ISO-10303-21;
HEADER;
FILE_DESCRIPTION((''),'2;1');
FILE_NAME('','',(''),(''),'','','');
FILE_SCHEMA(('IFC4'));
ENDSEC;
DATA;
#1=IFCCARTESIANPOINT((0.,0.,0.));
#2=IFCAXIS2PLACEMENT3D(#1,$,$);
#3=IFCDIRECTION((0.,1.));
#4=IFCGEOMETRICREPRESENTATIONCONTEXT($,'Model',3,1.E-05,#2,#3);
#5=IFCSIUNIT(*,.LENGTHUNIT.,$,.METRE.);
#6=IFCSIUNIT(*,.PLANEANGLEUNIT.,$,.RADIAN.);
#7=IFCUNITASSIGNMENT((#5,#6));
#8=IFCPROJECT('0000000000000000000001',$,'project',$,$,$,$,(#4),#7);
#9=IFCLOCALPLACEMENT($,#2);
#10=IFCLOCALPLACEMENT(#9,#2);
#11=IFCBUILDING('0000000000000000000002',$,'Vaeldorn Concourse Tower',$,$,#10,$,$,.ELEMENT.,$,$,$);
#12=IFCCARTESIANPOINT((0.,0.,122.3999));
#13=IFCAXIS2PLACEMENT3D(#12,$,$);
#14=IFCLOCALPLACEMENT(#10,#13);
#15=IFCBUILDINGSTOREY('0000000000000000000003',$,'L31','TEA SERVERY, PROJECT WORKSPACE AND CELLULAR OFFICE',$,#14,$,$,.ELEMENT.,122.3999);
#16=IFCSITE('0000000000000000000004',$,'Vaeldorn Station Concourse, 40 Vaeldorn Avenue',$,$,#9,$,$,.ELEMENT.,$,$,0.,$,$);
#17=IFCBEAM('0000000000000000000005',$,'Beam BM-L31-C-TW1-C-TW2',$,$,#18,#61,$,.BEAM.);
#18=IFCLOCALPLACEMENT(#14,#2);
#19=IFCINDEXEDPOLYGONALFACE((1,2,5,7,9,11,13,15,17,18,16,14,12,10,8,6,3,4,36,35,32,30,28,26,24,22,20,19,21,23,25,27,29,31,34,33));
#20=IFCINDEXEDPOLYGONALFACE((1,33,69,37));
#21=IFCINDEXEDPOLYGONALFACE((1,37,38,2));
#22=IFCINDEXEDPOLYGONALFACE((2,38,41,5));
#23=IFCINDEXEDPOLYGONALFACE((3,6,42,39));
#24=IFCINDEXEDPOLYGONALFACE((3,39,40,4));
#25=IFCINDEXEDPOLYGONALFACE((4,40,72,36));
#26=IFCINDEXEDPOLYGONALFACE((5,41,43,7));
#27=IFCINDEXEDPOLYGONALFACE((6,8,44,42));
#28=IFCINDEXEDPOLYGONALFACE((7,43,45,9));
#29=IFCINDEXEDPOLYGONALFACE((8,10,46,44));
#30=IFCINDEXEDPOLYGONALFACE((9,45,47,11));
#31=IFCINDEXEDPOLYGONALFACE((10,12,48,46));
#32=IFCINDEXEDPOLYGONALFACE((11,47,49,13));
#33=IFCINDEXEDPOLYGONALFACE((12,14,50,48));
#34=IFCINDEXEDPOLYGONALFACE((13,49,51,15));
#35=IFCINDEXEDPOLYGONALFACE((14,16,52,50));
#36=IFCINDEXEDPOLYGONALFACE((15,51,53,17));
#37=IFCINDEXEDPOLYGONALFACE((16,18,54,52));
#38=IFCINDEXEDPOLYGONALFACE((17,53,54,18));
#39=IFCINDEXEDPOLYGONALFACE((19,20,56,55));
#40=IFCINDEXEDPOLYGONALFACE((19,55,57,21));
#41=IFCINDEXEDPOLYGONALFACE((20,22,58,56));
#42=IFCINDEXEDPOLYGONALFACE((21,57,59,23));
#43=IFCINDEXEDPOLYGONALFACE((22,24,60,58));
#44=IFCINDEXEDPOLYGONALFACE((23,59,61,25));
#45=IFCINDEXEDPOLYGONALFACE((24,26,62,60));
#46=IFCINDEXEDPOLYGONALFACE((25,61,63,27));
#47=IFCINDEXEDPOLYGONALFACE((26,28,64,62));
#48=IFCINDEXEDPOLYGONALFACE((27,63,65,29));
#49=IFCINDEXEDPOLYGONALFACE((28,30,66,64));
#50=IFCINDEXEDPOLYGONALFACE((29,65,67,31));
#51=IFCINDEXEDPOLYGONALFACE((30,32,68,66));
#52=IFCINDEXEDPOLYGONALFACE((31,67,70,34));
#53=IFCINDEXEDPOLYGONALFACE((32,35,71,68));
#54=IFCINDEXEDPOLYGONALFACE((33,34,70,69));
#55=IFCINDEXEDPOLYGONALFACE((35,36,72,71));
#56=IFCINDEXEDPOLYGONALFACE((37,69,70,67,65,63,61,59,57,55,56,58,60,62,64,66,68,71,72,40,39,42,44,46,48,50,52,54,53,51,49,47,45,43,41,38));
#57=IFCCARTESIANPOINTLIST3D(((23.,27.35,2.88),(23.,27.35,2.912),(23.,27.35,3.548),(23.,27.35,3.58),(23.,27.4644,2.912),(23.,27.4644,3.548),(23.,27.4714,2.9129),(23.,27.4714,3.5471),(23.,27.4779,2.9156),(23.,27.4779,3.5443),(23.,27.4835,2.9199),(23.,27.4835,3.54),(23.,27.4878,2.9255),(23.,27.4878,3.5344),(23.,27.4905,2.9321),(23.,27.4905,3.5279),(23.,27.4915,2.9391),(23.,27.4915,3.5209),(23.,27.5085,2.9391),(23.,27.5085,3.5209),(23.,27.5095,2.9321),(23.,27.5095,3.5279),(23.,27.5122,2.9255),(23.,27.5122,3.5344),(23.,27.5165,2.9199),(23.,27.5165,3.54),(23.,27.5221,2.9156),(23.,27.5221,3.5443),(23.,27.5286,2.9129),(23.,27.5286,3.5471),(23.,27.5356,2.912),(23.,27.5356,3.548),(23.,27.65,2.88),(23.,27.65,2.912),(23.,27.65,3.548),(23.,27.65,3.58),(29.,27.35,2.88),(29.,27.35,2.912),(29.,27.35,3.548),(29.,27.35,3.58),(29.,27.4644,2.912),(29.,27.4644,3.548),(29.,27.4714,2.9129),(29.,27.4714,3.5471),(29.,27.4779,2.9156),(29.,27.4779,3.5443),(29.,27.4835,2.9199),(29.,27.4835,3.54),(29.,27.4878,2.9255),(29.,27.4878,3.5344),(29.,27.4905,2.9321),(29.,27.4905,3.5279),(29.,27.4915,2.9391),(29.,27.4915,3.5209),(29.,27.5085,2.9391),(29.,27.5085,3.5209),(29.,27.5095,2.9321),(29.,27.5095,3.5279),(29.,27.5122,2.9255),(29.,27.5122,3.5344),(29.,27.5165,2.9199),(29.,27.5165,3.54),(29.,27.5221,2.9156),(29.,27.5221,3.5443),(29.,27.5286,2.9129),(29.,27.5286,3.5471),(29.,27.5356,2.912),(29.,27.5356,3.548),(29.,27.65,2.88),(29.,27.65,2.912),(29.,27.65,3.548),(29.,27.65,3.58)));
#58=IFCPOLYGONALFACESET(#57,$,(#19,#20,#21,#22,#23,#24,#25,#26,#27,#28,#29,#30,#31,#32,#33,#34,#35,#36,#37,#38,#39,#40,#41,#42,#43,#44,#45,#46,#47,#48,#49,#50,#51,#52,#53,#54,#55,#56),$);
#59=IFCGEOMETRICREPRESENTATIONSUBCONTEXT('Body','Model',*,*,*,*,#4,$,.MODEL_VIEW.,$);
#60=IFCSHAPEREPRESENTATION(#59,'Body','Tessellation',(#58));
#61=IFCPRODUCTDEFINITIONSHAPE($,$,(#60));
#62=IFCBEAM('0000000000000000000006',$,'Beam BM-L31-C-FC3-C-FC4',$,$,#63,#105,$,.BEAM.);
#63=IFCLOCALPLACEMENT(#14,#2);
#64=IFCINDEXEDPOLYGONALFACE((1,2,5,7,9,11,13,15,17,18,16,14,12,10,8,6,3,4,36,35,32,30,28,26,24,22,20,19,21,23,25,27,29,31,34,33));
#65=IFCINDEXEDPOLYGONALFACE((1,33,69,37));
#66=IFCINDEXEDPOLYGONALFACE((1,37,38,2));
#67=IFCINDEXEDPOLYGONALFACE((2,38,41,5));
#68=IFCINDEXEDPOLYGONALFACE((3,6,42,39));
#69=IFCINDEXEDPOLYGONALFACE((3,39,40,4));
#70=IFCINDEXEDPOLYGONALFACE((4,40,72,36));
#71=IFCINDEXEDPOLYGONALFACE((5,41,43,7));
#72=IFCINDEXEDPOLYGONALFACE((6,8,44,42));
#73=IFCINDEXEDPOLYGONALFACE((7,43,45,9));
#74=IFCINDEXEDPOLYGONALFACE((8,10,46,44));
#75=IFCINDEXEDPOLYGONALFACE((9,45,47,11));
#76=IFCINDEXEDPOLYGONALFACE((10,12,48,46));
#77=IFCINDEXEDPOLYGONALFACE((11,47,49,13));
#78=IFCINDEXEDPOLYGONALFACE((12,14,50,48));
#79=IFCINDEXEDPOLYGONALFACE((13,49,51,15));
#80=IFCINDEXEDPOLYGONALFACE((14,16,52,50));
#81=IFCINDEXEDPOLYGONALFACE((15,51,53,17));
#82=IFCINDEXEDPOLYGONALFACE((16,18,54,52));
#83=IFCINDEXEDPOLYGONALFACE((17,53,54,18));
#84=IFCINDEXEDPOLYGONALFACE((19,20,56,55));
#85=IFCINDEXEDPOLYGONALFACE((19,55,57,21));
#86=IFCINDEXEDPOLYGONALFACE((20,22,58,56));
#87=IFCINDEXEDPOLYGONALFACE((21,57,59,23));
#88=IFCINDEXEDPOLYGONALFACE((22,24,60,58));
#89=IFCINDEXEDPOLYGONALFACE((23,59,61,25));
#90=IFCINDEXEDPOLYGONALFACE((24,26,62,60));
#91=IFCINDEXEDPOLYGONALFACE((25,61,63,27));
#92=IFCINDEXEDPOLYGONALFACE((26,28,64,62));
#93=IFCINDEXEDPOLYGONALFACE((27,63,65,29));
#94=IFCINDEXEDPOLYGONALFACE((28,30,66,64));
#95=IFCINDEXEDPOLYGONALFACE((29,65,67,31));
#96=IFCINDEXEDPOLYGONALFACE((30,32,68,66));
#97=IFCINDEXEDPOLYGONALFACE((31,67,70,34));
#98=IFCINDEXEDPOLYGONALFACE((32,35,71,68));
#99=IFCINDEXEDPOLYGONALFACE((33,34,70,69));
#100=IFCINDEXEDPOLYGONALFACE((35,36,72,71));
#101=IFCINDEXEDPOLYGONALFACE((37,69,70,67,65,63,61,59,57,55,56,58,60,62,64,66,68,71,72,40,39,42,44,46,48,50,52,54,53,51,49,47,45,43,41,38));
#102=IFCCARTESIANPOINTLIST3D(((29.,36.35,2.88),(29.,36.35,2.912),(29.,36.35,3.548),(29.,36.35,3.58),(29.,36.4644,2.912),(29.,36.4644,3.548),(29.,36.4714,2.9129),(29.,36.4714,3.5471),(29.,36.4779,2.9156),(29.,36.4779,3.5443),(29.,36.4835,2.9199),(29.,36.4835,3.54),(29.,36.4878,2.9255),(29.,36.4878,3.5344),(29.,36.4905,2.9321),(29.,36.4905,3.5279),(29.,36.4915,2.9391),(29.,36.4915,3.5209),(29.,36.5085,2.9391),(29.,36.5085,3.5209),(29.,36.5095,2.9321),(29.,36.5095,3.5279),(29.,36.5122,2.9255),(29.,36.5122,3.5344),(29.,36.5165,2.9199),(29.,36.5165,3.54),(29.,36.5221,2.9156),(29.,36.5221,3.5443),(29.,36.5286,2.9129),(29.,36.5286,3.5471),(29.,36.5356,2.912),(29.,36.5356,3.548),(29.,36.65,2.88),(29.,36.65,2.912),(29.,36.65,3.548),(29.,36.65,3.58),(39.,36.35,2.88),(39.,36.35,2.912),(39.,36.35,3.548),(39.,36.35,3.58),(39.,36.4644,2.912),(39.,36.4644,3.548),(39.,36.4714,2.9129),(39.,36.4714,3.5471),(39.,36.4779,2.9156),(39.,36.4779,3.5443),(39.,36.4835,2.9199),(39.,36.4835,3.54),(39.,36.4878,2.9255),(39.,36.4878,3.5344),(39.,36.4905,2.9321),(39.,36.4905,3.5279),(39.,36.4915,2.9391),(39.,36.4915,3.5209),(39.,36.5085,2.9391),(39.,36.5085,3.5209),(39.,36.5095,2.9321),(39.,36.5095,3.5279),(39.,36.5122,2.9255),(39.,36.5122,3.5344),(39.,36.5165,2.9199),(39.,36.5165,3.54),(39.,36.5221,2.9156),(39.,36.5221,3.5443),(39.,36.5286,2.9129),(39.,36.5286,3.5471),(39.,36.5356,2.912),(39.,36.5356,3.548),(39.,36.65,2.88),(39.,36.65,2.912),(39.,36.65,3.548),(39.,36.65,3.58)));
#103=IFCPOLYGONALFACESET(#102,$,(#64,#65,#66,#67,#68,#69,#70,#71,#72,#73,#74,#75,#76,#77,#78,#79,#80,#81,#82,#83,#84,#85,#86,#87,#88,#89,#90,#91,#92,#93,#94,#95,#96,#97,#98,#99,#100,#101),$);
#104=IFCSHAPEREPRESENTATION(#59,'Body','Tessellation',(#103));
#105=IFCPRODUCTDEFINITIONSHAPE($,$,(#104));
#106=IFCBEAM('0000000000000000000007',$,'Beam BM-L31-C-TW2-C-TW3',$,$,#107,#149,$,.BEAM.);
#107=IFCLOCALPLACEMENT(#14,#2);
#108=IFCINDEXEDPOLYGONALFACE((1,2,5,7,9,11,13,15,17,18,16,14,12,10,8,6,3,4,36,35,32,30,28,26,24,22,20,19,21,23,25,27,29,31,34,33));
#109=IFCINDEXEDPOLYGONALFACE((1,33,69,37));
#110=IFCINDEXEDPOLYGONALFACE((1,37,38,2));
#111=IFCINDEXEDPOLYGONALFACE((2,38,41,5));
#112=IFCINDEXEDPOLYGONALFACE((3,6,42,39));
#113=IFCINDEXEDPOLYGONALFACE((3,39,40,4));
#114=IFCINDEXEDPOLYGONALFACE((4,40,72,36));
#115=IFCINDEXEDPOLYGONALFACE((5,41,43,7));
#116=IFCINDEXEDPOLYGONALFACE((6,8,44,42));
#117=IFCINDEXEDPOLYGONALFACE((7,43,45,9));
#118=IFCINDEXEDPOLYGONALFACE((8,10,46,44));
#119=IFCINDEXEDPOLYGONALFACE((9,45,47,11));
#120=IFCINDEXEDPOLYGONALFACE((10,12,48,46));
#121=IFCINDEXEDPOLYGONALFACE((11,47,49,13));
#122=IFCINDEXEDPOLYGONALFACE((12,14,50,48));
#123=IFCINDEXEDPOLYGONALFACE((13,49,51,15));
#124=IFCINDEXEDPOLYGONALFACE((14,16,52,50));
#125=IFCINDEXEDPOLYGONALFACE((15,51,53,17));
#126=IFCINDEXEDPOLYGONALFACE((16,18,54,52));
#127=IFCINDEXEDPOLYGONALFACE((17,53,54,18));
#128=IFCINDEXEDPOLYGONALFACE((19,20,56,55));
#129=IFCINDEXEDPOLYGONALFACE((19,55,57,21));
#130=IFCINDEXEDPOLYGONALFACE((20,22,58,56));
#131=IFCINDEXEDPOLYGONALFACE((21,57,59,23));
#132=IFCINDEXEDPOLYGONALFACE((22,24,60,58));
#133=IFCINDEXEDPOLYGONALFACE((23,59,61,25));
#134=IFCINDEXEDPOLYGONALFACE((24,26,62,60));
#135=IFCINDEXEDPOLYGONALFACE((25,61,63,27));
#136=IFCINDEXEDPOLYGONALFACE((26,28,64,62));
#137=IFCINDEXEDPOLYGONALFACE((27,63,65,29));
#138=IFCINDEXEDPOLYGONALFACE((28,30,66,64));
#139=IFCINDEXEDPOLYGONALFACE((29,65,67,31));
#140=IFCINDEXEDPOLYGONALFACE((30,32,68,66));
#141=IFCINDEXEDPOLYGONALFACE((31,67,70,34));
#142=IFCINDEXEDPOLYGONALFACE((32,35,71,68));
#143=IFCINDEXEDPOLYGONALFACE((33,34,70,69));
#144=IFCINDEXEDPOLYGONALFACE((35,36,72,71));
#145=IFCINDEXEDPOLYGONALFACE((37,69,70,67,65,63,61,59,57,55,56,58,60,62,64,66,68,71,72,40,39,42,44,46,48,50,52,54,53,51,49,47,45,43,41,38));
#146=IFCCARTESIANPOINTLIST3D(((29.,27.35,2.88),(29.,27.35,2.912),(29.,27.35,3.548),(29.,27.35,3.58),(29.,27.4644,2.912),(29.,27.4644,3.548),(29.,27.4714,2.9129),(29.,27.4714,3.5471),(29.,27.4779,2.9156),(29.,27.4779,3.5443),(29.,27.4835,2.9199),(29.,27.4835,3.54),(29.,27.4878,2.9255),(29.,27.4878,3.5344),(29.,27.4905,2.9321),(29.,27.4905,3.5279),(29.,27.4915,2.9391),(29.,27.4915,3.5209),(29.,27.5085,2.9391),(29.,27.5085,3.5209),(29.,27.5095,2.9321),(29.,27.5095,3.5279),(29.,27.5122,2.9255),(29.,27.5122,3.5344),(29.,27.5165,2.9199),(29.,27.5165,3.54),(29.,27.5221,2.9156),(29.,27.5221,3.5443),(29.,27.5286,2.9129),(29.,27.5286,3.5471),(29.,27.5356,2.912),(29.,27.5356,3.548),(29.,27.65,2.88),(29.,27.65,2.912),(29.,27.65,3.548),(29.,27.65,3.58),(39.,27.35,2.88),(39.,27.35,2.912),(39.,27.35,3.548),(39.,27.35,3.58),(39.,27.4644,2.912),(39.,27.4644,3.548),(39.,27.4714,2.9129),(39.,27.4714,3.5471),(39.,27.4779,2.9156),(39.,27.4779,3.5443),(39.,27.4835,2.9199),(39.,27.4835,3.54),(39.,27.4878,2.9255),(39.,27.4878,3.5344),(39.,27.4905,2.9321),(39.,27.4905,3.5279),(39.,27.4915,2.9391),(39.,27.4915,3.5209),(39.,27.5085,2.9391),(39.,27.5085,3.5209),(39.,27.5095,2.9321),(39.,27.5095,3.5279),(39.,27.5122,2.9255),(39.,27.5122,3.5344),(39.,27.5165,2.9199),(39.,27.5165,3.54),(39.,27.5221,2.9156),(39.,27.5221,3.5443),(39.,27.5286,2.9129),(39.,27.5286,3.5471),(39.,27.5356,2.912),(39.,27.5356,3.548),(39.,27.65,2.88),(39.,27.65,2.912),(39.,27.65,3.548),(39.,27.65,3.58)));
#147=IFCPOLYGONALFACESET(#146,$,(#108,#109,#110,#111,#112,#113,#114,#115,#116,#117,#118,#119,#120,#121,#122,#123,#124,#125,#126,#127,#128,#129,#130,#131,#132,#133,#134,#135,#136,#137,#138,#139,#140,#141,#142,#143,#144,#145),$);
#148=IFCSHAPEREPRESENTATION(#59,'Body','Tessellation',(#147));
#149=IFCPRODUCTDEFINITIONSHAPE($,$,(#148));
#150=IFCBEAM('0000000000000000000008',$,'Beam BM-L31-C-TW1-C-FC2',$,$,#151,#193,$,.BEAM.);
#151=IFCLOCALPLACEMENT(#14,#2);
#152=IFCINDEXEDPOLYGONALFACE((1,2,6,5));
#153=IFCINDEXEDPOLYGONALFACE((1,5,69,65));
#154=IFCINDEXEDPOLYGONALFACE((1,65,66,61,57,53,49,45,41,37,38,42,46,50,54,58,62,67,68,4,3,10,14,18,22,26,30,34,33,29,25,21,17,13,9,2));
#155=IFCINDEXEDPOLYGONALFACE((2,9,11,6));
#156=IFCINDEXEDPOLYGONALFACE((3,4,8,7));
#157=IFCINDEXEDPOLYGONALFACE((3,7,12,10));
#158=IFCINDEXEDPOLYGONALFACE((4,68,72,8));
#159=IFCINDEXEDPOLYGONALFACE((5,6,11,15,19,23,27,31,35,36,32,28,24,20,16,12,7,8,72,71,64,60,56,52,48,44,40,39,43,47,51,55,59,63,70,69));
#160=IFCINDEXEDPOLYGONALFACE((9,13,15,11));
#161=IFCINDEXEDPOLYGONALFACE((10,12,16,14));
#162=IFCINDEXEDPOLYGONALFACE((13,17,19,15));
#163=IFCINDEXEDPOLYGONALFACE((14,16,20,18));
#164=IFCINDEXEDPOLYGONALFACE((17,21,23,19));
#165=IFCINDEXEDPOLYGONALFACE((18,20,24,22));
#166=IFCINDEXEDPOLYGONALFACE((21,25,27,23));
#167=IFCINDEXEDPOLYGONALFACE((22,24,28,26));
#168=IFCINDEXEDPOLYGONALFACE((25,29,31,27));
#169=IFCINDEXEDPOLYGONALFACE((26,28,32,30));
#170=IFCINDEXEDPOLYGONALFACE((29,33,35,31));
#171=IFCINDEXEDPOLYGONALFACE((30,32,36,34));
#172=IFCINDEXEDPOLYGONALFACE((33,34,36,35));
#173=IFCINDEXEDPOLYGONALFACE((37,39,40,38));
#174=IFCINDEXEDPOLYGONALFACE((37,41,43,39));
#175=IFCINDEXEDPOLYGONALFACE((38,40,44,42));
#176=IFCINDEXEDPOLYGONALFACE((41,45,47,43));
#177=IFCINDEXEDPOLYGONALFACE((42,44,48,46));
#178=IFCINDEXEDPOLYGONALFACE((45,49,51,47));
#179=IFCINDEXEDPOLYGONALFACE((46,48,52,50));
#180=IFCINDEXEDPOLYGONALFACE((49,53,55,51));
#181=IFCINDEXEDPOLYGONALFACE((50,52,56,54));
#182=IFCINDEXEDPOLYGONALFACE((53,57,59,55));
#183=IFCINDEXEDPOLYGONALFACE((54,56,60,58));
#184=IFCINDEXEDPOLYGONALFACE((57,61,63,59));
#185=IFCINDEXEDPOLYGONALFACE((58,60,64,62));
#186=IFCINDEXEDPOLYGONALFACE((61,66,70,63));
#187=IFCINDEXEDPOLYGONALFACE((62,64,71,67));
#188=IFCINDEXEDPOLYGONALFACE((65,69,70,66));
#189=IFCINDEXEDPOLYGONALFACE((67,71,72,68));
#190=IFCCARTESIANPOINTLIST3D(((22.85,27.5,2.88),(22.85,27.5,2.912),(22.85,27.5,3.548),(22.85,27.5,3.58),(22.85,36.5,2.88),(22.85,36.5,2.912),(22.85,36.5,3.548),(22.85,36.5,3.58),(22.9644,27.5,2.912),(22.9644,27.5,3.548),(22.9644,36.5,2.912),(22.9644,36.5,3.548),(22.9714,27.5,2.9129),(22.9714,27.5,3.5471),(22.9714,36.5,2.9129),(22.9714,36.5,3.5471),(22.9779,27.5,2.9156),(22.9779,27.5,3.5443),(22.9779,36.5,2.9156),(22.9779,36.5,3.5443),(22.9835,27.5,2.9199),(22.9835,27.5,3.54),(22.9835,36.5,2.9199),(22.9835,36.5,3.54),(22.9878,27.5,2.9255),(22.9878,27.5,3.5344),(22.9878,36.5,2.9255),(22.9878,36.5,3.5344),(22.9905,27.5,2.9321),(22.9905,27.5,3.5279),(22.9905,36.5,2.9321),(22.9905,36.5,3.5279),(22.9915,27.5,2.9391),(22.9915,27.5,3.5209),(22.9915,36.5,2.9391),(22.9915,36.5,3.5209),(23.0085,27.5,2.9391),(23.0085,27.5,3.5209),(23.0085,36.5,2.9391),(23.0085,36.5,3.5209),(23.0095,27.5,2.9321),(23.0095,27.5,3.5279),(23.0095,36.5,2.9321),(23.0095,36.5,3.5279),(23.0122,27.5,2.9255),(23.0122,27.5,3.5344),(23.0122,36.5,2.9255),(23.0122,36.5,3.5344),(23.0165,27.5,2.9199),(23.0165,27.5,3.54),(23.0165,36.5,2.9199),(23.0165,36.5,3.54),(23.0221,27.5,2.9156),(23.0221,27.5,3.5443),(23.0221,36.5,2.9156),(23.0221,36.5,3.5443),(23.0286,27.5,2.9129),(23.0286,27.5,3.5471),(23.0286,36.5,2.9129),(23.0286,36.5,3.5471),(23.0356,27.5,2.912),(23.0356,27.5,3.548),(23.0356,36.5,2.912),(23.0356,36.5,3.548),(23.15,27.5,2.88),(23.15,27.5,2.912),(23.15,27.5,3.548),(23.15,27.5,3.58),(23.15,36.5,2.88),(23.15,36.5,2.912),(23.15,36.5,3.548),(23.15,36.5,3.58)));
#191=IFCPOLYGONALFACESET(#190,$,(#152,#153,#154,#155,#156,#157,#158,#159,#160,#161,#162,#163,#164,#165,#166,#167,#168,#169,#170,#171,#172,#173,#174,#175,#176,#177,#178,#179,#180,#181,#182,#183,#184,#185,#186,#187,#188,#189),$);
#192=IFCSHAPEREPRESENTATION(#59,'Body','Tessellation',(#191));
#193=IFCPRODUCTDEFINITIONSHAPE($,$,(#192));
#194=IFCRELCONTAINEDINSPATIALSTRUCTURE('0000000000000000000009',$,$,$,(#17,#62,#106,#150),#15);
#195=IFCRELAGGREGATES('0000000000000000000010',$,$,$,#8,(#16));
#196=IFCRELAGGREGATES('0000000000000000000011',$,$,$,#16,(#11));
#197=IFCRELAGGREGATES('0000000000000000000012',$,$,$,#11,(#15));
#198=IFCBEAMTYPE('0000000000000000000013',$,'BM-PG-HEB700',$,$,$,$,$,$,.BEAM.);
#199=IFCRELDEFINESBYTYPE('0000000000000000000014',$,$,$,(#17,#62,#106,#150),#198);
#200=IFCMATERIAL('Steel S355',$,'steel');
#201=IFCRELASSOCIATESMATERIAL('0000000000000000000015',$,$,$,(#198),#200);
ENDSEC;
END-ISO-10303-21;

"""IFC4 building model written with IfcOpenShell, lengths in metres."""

from ifc_helpers import new_model, si_unit, direction, frame, origin, origin_2d, place, context, subcontext, project, spatial, i_section, extrude, source, transform, mapped, material, material_profile, profile_set, type_object, element, save


model = new_model("IFC4")

# Units and contexts
model_context = context("Model", 3, precision=1e-05, world=origin(), true_north=direction((0.0, 1.0)))
body_context = subcontext(model_context, "Body", "Model", "MODEL_VIEW")
ifc_project = project(units=[si_unit("LENGTHUNIT", "METRE"), si_unit("PLANEANGLEUNIT", "RADIAN")], contexts=[model_context])

# Site, building, storey
site_placement = place(None, origin())
site = spatial("IfcSite", under=ifc_project, at=site_placement, Name="Vaeldorn Station Concourse, 40 Vaeldorn Avenue", CompositionType="ELEMENT", RefElevation=0.0)
building_placement = place(site_placement, origin())
building = spatial("IfcBuilding", under=site, at=building_placement, Name="Vaeldorn Concourse Tower", CompositionType="ELEMENT")
storey_placement = place(building_placement, frame((0.0, 0.0, 122.3999)))
storey = spatial("IfcBuildingStorey", under=building, at=storey_placement, Name="L31", Description="TEA SERVERY, PROJECT WORKSPACE AND CELLULAR OFFICE", CompositionType="ELEMENT", Elevation=122.3999)

# Beams
ifc_material_1 = material(Name="Steel S355", Category="steel")
ifc_material_profile_1 = material_profile(ifc_material_1, i_section(OverallWidth=0.3, OverallDepth=0.7, WebThickness=0.0171, FlangeThickness=0.032, FilletRadius=0.0271, at=origin_2d()), Name="HEB 700")
ifc_profile_set_1 = profile_set([ifc_material_profile_1], Name="Steel S355")
beam_type_1 = type_object("IfcBeamType", Name="BM-PG-HEB700", PredefinedType="BEAM", material=ifc_profile_set_1)
shared_shape_1 = source(origin(), body_context, "Body", "SweptSolid", [
    extrude(i_section(OverallWidth=0.3, OverallDepth=0.7, WebThickness=0.0171, FlangeThickness=0.032, FilletRadius=0.0271, at=origin_2d()), origin(), (0.0, 0.0, 1.0), 6.0),
])
for number, where, z_axis, x_axis, name in (
    (1, (23.0, 27.5, 3.23), (1.0, 0.0, 0.0), (0.0, 1.0, 0.0), "Beam BM-L31-C-TW1-C-TW2"),
):
    element("IfcBeam", number, at=place(storey_placement, frame(where, z_axis=z_axis, x_axis=x_axis)), inside=storey, type_object=beam_type_1, Name=name, PredefinedType="BEAM", context=body_context, shape_type="MappedRepresentation", body=[
        mapped(shared_shape_1, transform((0.0, 0.0, 0.0), scale=1.0)),
    ])
shared_shape_2 = source(origin(), body_context, "Body", "SweptSolid", [
    extrude(i_section(OverallWidth=0.3, OverallDepth=0.7, WebThickness=0.0171, FlangeThickness=0.032, FilletRadius=0.0271, at=origin_2d()), origin(), (0.0, 0.0, 1.0), 10.0),
])
for number, where, z_axis, x_axis, name in (
    (2, (29.0, 36.5, 3.23), (1.0, 0.0, 0.0), (0.0, 1.0, 0.0), "Beam BM-L31-C-FC3-C-FC4"),
    (3, (29.0, 27.5, 3.23), (1.0, 0.0, 0.0), (0.0, 1.0, 0.0), "Beam BM-L31-C-TW2-C-TW3"),
):
    element("IfcBeam", number, at=place(storey_placement, frame(where, z_axis=z_axis, x_axis=x_axis)), inside=storey, type_object=beam_type_1, Name=name, PredefinedType="BEAM", context=body_context, shape_type="MappedRepresentation", body=[
        mapped(shared_shape_2, transform((0.0, 0.0, 0.0), scale=1.0)),
    ])
shared_shape_3 = source(origin(), body_context, "Body", "SweptSolid", [
    extrude(i_section(OverallWidth=0.3, OverallDepth=0.7, WebThickness=0.0171, FlangeThickness=0.032, FilletRadius=0.0271, at=origin_2d()), origin(), (0.0, 0.0, 1.0), 9.0),
])
for number, where, z_axis, x_axis, name in (
    (4, (23.0, 27.5, 3.23), (0.0, 1.0, 0.0), (-1.0, 0.0, 0.0), "Beam BM-L31-C-TW1-C-FC2"),
):
    element("IfcBeam", number, at=place(storey_placement, frame(where, z_axis=z_axis, x_axis=x_axis)), inside=storey, type_object=beam_type_1, Name=name, PredefinedType="BEAM", context=body_context, shape_type="MappedRepresentation", body=[
        mapped(shared_shape_3, transform((0.0, 0.0, 0.0), scale=1.0)),
    ])

save(model, "model.ifc")
